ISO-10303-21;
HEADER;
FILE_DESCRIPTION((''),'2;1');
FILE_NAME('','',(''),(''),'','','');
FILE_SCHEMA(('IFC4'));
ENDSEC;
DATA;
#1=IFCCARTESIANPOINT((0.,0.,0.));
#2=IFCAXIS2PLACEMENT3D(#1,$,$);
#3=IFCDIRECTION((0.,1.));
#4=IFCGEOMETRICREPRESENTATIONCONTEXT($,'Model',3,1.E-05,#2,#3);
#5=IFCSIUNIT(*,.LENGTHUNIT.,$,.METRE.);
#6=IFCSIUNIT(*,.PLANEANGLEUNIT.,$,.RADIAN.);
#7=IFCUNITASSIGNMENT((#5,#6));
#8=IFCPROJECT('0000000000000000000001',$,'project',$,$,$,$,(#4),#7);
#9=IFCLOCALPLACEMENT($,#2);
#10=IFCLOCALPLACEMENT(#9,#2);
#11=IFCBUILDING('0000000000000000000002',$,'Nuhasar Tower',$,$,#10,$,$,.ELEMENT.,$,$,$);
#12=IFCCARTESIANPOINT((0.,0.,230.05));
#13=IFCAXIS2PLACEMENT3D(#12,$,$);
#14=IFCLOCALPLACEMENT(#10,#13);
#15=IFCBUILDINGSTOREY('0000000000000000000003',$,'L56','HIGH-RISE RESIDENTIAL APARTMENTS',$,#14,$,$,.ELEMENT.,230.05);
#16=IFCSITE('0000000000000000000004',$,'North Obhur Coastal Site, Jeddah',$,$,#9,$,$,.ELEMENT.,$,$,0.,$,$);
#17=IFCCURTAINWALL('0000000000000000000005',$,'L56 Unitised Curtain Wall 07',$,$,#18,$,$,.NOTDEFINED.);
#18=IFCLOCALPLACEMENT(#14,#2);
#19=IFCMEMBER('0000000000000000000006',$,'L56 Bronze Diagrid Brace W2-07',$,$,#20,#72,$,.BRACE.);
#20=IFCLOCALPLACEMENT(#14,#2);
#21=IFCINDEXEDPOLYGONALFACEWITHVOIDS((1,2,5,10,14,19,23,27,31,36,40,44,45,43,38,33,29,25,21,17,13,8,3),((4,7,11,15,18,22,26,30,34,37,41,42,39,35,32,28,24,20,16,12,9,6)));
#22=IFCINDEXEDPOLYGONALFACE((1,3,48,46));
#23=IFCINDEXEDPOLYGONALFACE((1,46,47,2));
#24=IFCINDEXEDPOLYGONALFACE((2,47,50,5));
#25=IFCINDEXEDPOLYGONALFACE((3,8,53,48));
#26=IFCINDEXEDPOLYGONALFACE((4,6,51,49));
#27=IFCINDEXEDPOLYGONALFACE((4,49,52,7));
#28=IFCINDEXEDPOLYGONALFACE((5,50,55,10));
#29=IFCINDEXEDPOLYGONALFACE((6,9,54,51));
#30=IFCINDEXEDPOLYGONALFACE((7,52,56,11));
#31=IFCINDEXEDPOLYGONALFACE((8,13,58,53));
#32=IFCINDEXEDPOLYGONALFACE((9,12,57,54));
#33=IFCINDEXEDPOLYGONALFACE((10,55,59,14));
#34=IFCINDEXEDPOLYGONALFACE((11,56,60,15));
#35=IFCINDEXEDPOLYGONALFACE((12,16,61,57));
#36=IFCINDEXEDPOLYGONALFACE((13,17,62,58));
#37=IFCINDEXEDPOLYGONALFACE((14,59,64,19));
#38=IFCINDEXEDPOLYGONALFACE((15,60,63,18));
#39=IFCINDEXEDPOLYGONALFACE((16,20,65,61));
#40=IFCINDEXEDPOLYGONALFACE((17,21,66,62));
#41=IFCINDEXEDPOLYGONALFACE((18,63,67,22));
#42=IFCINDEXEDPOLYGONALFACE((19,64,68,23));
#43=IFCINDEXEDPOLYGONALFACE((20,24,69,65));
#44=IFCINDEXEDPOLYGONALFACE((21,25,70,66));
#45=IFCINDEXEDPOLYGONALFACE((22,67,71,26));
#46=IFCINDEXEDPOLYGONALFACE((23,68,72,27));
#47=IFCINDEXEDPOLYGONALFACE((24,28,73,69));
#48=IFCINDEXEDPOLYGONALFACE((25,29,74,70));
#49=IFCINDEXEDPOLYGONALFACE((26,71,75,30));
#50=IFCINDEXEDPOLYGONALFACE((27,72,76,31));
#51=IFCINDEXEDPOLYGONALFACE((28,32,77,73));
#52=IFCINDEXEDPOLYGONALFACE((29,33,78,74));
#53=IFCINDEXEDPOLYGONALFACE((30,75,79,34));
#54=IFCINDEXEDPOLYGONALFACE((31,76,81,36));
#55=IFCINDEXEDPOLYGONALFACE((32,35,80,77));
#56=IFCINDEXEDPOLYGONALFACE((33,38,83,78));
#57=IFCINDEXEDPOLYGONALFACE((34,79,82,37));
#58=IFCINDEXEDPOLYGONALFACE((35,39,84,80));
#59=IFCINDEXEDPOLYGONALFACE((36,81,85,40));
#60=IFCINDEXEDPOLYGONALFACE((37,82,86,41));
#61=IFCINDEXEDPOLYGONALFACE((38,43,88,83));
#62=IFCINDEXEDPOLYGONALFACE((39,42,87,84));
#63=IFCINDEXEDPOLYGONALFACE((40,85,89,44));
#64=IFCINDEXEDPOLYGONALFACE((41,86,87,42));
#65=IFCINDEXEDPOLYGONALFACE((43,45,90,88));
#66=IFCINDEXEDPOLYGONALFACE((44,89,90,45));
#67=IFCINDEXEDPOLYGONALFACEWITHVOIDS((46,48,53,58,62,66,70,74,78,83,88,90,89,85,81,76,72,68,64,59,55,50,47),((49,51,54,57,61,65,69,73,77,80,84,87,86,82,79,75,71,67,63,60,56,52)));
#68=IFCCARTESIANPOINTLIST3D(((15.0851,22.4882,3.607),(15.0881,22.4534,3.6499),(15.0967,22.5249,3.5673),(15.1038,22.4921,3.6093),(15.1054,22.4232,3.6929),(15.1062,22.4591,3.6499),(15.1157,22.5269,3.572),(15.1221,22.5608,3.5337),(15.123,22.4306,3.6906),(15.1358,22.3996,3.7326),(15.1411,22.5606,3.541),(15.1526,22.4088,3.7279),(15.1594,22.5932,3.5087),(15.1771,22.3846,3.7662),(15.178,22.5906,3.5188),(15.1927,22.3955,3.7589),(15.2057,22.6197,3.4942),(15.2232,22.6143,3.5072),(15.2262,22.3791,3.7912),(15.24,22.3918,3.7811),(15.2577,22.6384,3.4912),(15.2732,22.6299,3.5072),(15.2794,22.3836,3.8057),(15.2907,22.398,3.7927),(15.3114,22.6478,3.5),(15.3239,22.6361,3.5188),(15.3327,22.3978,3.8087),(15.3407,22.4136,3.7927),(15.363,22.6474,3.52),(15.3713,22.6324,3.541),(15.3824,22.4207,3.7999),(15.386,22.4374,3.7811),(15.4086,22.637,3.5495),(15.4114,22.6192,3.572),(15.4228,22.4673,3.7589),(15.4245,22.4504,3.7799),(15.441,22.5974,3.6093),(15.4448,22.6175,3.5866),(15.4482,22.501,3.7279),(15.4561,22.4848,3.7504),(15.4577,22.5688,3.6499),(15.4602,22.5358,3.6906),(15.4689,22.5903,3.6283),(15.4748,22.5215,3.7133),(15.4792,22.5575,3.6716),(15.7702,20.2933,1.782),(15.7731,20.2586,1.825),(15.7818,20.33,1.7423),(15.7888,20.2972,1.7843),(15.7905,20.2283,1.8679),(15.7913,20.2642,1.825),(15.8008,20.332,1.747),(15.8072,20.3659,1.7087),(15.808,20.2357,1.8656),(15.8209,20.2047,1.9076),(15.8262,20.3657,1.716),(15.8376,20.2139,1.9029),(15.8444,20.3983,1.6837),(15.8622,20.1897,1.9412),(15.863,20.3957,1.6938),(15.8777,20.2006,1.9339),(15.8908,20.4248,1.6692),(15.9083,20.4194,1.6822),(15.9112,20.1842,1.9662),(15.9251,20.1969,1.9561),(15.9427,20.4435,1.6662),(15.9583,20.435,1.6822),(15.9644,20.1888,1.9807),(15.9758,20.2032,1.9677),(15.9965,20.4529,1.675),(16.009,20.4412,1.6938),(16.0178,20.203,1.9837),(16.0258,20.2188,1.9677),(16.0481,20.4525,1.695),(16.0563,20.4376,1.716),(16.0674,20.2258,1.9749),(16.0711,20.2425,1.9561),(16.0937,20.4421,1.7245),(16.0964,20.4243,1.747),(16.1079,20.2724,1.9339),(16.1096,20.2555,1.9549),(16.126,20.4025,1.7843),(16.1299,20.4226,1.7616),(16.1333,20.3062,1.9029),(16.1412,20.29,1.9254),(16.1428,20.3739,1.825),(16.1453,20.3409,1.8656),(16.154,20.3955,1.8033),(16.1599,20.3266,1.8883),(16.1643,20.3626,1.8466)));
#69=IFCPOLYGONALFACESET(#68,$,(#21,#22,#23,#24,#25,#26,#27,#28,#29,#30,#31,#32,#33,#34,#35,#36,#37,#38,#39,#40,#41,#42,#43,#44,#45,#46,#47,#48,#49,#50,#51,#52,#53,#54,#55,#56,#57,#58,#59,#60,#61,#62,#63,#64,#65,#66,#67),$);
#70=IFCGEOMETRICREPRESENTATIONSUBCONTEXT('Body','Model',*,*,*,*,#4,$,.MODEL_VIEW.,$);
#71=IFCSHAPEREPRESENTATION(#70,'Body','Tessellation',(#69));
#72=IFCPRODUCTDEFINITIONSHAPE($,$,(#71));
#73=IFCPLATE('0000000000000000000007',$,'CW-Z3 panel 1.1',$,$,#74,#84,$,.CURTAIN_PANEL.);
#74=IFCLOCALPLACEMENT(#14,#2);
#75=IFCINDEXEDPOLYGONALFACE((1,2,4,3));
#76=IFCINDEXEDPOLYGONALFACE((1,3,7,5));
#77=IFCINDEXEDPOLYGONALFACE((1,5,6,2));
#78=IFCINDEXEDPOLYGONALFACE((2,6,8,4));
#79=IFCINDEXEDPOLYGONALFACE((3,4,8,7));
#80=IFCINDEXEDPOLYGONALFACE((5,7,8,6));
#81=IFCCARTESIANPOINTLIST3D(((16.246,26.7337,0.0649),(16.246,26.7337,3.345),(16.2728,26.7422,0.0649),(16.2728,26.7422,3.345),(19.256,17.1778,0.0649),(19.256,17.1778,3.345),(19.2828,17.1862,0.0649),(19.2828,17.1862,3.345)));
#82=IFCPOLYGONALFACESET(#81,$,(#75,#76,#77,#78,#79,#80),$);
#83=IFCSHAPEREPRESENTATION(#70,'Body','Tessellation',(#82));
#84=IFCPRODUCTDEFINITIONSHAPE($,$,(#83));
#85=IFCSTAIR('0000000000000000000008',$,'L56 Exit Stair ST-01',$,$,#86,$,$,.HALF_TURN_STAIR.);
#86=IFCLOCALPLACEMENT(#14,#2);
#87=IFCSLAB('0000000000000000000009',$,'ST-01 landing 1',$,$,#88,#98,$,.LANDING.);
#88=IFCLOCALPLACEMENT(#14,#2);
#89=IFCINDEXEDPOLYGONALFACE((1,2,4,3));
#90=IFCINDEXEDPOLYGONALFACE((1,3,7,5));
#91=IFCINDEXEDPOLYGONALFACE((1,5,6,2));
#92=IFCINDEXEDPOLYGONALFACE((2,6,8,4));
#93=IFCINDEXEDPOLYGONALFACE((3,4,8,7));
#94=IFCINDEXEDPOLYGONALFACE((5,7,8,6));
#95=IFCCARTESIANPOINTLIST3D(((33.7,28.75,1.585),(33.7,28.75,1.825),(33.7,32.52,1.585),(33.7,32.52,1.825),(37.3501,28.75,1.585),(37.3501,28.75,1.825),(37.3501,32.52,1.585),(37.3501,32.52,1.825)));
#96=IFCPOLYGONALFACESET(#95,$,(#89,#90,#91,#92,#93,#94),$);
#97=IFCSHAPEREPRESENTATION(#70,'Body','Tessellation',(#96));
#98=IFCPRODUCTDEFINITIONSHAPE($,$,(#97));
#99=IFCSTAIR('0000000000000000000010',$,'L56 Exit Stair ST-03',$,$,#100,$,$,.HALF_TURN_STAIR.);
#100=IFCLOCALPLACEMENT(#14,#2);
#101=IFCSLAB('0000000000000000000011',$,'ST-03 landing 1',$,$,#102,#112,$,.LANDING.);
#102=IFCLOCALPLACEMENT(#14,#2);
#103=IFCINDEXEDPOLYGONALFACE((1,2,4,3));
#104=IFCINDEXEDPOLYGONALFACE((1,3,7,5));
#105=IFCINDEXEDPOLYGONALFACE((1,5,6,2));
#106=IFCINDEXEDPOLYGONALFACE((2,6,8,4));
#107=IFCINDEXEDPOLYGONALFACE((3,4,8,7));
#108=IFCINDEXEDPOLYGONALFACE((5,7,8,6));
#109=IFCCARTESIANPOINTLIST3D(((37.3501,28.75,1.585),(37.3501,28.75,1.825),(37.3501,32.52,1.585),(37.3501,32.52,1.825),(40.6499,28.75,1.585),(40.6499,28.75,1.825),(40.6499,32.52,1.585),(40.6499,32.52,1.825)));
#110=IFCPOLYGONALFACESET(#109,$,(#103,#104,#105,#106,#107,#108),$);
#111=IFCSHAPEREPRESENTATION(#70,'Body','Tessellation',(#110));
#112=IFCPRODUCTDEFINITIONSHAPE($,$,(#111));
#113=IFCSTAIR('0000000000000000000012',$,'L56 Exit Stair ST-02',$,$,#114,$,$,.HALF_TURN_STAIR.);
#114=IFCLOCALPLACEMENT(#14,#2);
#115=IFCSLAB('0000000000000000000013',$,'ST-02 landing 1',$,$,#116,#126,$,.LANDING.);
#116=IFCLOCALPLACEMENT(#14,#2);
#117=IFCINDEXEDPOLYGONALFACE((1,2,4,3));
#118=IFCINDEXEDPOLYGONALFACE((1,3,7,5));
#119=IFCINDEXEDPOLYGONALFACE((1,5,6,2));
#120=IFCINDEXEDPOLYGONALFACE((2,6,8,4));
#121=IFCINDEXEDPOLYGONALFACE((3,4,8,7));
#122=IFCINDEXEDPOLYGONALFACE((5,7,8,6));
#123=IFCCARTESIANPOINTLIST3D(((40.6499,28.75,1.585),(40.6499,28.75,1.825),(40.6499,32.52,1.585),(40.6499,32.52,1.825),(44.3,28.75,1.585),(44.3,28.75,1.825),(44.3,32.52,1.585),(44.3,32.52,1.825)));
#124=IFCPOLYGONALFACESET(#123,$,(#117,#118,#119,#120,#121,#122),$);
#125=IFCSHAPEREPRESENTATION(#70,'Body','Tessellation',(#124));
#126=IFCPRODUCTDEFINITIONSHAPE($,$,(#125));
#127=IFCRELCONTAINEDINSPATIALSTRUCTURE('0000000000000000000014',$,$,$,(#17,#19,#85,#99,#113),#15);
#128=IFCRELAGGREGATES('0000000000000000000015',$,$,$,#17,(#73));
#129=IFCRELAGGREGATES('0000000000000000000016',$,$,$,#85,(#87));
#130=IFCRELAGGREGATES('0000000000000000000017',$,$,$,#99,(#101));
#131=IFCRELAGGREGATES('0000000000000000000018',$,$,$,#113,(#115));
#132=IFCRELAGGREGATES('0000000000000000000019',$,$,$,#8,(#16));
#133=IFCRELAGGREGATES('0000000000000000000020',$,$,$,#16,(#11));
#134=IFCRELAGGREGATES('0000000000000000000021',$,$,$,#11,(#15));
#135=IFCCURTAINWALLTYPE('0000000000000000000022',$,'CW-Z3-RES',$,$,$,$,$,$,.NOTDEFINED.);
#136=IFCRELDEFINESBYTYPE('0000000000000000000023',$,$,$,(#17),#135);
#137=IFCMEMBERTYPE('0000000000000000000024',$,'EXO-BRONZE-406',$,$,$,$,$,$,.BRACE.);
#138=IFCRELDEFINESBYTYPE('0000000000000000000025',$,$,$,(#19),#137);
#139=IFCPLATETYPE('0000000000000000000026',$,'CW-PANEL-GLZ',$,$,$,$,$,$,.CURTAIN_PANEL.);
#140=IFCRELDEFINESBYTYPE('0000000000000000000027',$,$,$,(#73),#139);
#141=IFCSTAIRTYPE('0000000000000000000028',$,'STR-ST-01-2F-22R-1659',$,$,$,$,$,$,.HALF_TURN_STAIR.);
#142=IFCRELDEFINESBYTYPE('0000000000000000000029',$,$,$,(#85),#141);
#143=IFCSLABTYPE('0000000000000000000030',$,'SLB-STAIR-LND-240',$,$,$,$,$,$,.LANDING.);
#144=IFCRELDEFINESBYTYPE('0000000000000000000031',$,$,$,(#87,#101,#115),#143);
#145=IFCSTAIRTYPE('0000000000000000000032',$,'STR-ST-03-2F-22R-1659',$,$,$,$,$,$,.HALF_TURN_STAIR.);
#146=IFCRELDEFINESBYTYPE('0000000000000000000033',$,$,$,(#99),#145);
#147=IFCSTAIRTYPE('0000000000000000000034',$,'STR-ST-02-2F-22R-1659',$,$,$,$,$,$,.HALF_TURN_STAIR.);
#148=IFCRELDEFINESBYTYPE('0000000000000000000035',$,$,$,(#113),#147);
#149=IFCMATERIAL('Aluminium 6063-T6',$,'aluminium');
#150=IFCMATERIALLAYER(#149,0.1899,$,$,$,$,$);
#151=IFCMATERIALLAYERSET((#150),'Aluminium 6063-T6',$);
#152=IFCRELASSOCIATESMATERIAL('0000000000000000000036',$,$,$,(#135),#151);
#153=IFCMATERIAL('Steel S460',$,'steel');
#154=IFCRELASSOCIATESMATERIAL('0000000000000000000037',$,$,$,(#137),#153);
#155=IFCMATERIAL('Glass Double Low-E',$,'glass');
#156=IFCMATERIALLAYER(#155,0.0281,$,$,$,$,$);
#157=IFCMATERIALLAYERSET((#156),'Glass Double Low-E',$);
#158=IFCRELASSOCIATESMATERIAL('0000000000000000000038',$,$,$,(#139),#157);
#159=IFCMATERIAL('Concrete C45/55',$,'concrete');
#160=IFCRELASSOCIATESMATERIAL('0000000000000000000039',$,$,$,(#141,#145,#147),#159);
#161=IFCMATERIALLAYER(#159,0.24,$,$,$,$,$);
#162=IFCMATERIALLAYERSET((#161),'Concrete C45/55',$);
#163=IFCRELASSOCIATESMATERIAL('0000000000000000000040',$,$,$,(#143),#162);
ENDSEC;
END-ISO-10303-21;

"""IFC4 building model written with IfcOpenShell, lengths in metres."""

from ifc_helpers import new_model, si_unit, direction, frame, origin, origin_2d, place, context, subcontext, project, spatial, polyline, rectangle, hollow_circle, outline, extrude, material, layer, layer_set, material_profile, profile_set, type_object, element, aggregate, save


model = new_model("IFC4")

# Units and contexts
model_context = context("Model", 3, precision=1e-05, world=origin(), true_north=direction((0.0, 1.0)))
body_context = subcontext(model_context, "Body", "Model", "MODEL_VIEW")
ifc_project = project(units=[si_unit("LENGTHUNIT", "METRE"), si_unit("PLANEANGLEUNIT", "RADIAN")], contexts=[model_context])

# Site, building, storey
site_placement = place(None, origin())
site = spatial("IfcSite", under=ifc_project, at=site_placement, Name="North Obhur Coastal Site, Jeddah", CompositionType="ELEMENT", RefElevation=0.0)
building_placement = place(site_placement, origin())
building = spatial("IfcBuilding", under=site, at=building_placement, Name="Nuhasar Tower", CompositionType="ELEMENT")
storey_placement = place(building_placement, frame((0.0, 0.0, 230.05)))
storey = spatial("IfcBuildingStorey", under=building, at=storey_placement, Name="L56", Description="HIGH-RISE RESIDENTIAL APARTMENTS", CompositionType="ELEMENT", Elevation=230.05)

# Curtain wall
ifc_material_1 = material(Name="Aluminium 6063-T6", Category="aluminium")
ifc_layer_1 = layer(ifc_material_1, 0.1899)
ifc_layer_set_1 = layer_set([ifc_layer_1], Name="Aluminium 6063-T6")
curtain_wall_type = type_object("IfcCurtainWallType", Name="CW-Z3-RES", PredefinedType="NOTDEFINED", material=ifc_layer_set_1)
curtain_wall_1_placement = place(storey_placement, origin())
curtain_wall_1 = element("IfcCurtainWall", 1, at=curtain_wall_1_placement, inside=storey, type_object=curtain_wall_type, Name="L56 Unitised Curtain Wall 07", PredefinedType="NOTDEFINED")

# Member
ifc_material_2 = material(Name="Steel S460", Category="steel")
ifc_material_profile_1 = material_profile(ifc_material_2, hollow_circle(Radius=0.2031, WallThickness=0.019, at=origin_2d()), Name="HSS406.4X19.1")
ifc_profile_set_1 = profile_set([ifc_material_profile_1], Name="Steel S460")
member_type_1 = type_object("IfcMemberType", Name="EXO-BRONZE-406", PredefinedType="BRACE", material=ifc_profile_set_1)
for number, where, z_axis, x_axis, name in (
    (2, (15.967, 20.3191, 1.825), (-0.233372, 0.74769, 0.621689), (-0.954582, -0.297948, 0.0), "L56 Bronze Diagrid Brace W2-07"),
):
    element("IfcMember", number, at=place(storey_placement, frame(where, z_axis=z_axis, x_axis=x_axis)), inside=storey, type_object=member_type_1, Name=name, PredefinedType="BRACE", context=body_context, shape_type="SweptSolid", body=[
        extrude(hollow_circle(Radius=0.2031, WallThickness=0.019, at=origin_2d()), origin(), (0.0, 0.0, 1.0), 2.9355),
    ])

# Plate
ifc_material_3 = material(Name="Glass Double Low-E", Category="glass")
ifc_layer_2 = layer(ifc_material_3, 0.0281)
ifc_layer_set_2 = layer_set([ifc_layer_2], Name="Glass Double Low-E")
plate_type = type_object("IfcPlateType", Name="CW-PANEL-GLZ", PredefinedType="CURTAIN_PANEL", material=ifc_layer_set_2)
plate_placement = place(storey_placement, frame((17.7644, 21.96, 0.0649), z_axis=(0.0, 0.0, 1.0), x_axis=(0.300429, -0.953804, 0.0)))
plate = element("IfcPlate", 3, at=plate_placement, type_object=plate_type, Name="CW-Z3 panel 1.1", PredefinedType="CURTAIN_PANEL", context=body_context, shape_type="SweptSolid", body=[
    extrude(rectangle(XDim=10.0188, YDim=0.0281, at=origin_2d()), origin(), (0.0, 0.0, 1.0), 3.28),
])
aggregate(curtain_wall_1, [plate])

# Stairs, slabs
ifc_material_4 = material(Name="Concrete C45/55", Category="concrete")
stair_type_1 = type_object("IfcStairType", Name="STR-ST-01-2F-22R-1659", PredefinedType="HALF_TURN_STAIR", material=ifc_material_4)
stair_1_placement = place(storey_placement, origin())
stair_1 = element("IfcStair", 4, at=stair_1_placement, inside=storey, type_object=stair_type_1, Name="L56 Exit Stair ST-01", PredefinedType="HALF_TURN_STAIR")
ifc_layer_3 = layer(ifc_material_4, 0.24)
ifc_layer_set_3 = layer_set([ifc_layer_3], Name="Concrete C45/55")
slab_type_1 = type_object("IfcSlabType", Name="SLB-STAIR-LND-240", PredefinedType="LANDING", material=ifc_layer_set_3)
slab_1_placement = place(storey_placement, frame((0.0, 0.0, 1.585)))
slab_1 = element("IfcSlab", 5, at=slab_1_placement, type_object=slab_type_1, Name="ST-01 landing 1", PredefinedType="LANDING", context=body_context, shape_type="SweptSolid", body=[
    extrude(outline(polyline([(33.7, 28.75), (37.3501, 28.75), (37.3501, 32.52), (33.7, 32.52), (33.7, 28.75)])), origin(), (0.0, 0.0, 1.0), 0.24),
])
aggregate(stair_1, [slab_1])
stair_type_2 = type_object("IfcStairType", Name="STR-ST-03-2F-22R-1659", PredefinedType="HALF_TURN_STAIR", material=ifc_material_4)
stair_2_placement = place(storey_placement, origin())
stair_2 = element("IfcStair", 6, at=stair_2_placement, inside=storey, type_object=stair_type_2, Name="L56 Exit Stair ST-03", PredefinedType="HALF_TURN_STAIR")
slab_2_placement = place(storey_placement, frame((0.0, 0.0, 1.585)))
slab_2 = element("IfcSlab", 7, at=slab_2_placement, type_object=slab_type_1, Name="ST-03 landing 1", PredefinedType="LANDING", context=body_context, shape_type="SweptSolid", body=[
    extrude(outline(polyline([(37.3501, 28.75), (40.6499, 28.75), (40.6499, 32.52), (37.3501, 32.52), (37.3501, 28.75)])), origin(), (0.0, 0.0, 1.0), 0.24),
])
aggregate(stair_2, [slab_2])
stair_type_3 = type_object("IfcStairType", Name="STR-ST-02-2F-22R-1659", PredefinedType="HALF_TURN_STAIR", material=ifc_material_4)
stair_3_placement = place(storey_placement, origin())
stair_3 = element("IfcStair", 8, at=stair_3_placement, inside=storey, type_object=stair_type_3, Name="L56 Exit Stair ST-02", PredefinedType="HALF_TURN_STAIR")
slab_3_placement = place(storey_placement, frame((0.0, 0.0, 1.585)))
slab_3 = element("IfcSlab", 9, at=slab_3_placement, type_object=slab_type_1, Name="ST-02 landing 1", PredefinedType="LANDING", context=body_context, shape_type="SweptSolid", body=[
    extrude(outline(polyline([(40.6499, 28.75), (44.3, 28.75), (44.3, 32.52), (40.6499, 32.52), (40.6499, 28.75)])), origin(), (0.0, 0.0, 1.0), 0.24),
])
aggregate(stair_3, [slab_3])

save(model, "model.ifc")
